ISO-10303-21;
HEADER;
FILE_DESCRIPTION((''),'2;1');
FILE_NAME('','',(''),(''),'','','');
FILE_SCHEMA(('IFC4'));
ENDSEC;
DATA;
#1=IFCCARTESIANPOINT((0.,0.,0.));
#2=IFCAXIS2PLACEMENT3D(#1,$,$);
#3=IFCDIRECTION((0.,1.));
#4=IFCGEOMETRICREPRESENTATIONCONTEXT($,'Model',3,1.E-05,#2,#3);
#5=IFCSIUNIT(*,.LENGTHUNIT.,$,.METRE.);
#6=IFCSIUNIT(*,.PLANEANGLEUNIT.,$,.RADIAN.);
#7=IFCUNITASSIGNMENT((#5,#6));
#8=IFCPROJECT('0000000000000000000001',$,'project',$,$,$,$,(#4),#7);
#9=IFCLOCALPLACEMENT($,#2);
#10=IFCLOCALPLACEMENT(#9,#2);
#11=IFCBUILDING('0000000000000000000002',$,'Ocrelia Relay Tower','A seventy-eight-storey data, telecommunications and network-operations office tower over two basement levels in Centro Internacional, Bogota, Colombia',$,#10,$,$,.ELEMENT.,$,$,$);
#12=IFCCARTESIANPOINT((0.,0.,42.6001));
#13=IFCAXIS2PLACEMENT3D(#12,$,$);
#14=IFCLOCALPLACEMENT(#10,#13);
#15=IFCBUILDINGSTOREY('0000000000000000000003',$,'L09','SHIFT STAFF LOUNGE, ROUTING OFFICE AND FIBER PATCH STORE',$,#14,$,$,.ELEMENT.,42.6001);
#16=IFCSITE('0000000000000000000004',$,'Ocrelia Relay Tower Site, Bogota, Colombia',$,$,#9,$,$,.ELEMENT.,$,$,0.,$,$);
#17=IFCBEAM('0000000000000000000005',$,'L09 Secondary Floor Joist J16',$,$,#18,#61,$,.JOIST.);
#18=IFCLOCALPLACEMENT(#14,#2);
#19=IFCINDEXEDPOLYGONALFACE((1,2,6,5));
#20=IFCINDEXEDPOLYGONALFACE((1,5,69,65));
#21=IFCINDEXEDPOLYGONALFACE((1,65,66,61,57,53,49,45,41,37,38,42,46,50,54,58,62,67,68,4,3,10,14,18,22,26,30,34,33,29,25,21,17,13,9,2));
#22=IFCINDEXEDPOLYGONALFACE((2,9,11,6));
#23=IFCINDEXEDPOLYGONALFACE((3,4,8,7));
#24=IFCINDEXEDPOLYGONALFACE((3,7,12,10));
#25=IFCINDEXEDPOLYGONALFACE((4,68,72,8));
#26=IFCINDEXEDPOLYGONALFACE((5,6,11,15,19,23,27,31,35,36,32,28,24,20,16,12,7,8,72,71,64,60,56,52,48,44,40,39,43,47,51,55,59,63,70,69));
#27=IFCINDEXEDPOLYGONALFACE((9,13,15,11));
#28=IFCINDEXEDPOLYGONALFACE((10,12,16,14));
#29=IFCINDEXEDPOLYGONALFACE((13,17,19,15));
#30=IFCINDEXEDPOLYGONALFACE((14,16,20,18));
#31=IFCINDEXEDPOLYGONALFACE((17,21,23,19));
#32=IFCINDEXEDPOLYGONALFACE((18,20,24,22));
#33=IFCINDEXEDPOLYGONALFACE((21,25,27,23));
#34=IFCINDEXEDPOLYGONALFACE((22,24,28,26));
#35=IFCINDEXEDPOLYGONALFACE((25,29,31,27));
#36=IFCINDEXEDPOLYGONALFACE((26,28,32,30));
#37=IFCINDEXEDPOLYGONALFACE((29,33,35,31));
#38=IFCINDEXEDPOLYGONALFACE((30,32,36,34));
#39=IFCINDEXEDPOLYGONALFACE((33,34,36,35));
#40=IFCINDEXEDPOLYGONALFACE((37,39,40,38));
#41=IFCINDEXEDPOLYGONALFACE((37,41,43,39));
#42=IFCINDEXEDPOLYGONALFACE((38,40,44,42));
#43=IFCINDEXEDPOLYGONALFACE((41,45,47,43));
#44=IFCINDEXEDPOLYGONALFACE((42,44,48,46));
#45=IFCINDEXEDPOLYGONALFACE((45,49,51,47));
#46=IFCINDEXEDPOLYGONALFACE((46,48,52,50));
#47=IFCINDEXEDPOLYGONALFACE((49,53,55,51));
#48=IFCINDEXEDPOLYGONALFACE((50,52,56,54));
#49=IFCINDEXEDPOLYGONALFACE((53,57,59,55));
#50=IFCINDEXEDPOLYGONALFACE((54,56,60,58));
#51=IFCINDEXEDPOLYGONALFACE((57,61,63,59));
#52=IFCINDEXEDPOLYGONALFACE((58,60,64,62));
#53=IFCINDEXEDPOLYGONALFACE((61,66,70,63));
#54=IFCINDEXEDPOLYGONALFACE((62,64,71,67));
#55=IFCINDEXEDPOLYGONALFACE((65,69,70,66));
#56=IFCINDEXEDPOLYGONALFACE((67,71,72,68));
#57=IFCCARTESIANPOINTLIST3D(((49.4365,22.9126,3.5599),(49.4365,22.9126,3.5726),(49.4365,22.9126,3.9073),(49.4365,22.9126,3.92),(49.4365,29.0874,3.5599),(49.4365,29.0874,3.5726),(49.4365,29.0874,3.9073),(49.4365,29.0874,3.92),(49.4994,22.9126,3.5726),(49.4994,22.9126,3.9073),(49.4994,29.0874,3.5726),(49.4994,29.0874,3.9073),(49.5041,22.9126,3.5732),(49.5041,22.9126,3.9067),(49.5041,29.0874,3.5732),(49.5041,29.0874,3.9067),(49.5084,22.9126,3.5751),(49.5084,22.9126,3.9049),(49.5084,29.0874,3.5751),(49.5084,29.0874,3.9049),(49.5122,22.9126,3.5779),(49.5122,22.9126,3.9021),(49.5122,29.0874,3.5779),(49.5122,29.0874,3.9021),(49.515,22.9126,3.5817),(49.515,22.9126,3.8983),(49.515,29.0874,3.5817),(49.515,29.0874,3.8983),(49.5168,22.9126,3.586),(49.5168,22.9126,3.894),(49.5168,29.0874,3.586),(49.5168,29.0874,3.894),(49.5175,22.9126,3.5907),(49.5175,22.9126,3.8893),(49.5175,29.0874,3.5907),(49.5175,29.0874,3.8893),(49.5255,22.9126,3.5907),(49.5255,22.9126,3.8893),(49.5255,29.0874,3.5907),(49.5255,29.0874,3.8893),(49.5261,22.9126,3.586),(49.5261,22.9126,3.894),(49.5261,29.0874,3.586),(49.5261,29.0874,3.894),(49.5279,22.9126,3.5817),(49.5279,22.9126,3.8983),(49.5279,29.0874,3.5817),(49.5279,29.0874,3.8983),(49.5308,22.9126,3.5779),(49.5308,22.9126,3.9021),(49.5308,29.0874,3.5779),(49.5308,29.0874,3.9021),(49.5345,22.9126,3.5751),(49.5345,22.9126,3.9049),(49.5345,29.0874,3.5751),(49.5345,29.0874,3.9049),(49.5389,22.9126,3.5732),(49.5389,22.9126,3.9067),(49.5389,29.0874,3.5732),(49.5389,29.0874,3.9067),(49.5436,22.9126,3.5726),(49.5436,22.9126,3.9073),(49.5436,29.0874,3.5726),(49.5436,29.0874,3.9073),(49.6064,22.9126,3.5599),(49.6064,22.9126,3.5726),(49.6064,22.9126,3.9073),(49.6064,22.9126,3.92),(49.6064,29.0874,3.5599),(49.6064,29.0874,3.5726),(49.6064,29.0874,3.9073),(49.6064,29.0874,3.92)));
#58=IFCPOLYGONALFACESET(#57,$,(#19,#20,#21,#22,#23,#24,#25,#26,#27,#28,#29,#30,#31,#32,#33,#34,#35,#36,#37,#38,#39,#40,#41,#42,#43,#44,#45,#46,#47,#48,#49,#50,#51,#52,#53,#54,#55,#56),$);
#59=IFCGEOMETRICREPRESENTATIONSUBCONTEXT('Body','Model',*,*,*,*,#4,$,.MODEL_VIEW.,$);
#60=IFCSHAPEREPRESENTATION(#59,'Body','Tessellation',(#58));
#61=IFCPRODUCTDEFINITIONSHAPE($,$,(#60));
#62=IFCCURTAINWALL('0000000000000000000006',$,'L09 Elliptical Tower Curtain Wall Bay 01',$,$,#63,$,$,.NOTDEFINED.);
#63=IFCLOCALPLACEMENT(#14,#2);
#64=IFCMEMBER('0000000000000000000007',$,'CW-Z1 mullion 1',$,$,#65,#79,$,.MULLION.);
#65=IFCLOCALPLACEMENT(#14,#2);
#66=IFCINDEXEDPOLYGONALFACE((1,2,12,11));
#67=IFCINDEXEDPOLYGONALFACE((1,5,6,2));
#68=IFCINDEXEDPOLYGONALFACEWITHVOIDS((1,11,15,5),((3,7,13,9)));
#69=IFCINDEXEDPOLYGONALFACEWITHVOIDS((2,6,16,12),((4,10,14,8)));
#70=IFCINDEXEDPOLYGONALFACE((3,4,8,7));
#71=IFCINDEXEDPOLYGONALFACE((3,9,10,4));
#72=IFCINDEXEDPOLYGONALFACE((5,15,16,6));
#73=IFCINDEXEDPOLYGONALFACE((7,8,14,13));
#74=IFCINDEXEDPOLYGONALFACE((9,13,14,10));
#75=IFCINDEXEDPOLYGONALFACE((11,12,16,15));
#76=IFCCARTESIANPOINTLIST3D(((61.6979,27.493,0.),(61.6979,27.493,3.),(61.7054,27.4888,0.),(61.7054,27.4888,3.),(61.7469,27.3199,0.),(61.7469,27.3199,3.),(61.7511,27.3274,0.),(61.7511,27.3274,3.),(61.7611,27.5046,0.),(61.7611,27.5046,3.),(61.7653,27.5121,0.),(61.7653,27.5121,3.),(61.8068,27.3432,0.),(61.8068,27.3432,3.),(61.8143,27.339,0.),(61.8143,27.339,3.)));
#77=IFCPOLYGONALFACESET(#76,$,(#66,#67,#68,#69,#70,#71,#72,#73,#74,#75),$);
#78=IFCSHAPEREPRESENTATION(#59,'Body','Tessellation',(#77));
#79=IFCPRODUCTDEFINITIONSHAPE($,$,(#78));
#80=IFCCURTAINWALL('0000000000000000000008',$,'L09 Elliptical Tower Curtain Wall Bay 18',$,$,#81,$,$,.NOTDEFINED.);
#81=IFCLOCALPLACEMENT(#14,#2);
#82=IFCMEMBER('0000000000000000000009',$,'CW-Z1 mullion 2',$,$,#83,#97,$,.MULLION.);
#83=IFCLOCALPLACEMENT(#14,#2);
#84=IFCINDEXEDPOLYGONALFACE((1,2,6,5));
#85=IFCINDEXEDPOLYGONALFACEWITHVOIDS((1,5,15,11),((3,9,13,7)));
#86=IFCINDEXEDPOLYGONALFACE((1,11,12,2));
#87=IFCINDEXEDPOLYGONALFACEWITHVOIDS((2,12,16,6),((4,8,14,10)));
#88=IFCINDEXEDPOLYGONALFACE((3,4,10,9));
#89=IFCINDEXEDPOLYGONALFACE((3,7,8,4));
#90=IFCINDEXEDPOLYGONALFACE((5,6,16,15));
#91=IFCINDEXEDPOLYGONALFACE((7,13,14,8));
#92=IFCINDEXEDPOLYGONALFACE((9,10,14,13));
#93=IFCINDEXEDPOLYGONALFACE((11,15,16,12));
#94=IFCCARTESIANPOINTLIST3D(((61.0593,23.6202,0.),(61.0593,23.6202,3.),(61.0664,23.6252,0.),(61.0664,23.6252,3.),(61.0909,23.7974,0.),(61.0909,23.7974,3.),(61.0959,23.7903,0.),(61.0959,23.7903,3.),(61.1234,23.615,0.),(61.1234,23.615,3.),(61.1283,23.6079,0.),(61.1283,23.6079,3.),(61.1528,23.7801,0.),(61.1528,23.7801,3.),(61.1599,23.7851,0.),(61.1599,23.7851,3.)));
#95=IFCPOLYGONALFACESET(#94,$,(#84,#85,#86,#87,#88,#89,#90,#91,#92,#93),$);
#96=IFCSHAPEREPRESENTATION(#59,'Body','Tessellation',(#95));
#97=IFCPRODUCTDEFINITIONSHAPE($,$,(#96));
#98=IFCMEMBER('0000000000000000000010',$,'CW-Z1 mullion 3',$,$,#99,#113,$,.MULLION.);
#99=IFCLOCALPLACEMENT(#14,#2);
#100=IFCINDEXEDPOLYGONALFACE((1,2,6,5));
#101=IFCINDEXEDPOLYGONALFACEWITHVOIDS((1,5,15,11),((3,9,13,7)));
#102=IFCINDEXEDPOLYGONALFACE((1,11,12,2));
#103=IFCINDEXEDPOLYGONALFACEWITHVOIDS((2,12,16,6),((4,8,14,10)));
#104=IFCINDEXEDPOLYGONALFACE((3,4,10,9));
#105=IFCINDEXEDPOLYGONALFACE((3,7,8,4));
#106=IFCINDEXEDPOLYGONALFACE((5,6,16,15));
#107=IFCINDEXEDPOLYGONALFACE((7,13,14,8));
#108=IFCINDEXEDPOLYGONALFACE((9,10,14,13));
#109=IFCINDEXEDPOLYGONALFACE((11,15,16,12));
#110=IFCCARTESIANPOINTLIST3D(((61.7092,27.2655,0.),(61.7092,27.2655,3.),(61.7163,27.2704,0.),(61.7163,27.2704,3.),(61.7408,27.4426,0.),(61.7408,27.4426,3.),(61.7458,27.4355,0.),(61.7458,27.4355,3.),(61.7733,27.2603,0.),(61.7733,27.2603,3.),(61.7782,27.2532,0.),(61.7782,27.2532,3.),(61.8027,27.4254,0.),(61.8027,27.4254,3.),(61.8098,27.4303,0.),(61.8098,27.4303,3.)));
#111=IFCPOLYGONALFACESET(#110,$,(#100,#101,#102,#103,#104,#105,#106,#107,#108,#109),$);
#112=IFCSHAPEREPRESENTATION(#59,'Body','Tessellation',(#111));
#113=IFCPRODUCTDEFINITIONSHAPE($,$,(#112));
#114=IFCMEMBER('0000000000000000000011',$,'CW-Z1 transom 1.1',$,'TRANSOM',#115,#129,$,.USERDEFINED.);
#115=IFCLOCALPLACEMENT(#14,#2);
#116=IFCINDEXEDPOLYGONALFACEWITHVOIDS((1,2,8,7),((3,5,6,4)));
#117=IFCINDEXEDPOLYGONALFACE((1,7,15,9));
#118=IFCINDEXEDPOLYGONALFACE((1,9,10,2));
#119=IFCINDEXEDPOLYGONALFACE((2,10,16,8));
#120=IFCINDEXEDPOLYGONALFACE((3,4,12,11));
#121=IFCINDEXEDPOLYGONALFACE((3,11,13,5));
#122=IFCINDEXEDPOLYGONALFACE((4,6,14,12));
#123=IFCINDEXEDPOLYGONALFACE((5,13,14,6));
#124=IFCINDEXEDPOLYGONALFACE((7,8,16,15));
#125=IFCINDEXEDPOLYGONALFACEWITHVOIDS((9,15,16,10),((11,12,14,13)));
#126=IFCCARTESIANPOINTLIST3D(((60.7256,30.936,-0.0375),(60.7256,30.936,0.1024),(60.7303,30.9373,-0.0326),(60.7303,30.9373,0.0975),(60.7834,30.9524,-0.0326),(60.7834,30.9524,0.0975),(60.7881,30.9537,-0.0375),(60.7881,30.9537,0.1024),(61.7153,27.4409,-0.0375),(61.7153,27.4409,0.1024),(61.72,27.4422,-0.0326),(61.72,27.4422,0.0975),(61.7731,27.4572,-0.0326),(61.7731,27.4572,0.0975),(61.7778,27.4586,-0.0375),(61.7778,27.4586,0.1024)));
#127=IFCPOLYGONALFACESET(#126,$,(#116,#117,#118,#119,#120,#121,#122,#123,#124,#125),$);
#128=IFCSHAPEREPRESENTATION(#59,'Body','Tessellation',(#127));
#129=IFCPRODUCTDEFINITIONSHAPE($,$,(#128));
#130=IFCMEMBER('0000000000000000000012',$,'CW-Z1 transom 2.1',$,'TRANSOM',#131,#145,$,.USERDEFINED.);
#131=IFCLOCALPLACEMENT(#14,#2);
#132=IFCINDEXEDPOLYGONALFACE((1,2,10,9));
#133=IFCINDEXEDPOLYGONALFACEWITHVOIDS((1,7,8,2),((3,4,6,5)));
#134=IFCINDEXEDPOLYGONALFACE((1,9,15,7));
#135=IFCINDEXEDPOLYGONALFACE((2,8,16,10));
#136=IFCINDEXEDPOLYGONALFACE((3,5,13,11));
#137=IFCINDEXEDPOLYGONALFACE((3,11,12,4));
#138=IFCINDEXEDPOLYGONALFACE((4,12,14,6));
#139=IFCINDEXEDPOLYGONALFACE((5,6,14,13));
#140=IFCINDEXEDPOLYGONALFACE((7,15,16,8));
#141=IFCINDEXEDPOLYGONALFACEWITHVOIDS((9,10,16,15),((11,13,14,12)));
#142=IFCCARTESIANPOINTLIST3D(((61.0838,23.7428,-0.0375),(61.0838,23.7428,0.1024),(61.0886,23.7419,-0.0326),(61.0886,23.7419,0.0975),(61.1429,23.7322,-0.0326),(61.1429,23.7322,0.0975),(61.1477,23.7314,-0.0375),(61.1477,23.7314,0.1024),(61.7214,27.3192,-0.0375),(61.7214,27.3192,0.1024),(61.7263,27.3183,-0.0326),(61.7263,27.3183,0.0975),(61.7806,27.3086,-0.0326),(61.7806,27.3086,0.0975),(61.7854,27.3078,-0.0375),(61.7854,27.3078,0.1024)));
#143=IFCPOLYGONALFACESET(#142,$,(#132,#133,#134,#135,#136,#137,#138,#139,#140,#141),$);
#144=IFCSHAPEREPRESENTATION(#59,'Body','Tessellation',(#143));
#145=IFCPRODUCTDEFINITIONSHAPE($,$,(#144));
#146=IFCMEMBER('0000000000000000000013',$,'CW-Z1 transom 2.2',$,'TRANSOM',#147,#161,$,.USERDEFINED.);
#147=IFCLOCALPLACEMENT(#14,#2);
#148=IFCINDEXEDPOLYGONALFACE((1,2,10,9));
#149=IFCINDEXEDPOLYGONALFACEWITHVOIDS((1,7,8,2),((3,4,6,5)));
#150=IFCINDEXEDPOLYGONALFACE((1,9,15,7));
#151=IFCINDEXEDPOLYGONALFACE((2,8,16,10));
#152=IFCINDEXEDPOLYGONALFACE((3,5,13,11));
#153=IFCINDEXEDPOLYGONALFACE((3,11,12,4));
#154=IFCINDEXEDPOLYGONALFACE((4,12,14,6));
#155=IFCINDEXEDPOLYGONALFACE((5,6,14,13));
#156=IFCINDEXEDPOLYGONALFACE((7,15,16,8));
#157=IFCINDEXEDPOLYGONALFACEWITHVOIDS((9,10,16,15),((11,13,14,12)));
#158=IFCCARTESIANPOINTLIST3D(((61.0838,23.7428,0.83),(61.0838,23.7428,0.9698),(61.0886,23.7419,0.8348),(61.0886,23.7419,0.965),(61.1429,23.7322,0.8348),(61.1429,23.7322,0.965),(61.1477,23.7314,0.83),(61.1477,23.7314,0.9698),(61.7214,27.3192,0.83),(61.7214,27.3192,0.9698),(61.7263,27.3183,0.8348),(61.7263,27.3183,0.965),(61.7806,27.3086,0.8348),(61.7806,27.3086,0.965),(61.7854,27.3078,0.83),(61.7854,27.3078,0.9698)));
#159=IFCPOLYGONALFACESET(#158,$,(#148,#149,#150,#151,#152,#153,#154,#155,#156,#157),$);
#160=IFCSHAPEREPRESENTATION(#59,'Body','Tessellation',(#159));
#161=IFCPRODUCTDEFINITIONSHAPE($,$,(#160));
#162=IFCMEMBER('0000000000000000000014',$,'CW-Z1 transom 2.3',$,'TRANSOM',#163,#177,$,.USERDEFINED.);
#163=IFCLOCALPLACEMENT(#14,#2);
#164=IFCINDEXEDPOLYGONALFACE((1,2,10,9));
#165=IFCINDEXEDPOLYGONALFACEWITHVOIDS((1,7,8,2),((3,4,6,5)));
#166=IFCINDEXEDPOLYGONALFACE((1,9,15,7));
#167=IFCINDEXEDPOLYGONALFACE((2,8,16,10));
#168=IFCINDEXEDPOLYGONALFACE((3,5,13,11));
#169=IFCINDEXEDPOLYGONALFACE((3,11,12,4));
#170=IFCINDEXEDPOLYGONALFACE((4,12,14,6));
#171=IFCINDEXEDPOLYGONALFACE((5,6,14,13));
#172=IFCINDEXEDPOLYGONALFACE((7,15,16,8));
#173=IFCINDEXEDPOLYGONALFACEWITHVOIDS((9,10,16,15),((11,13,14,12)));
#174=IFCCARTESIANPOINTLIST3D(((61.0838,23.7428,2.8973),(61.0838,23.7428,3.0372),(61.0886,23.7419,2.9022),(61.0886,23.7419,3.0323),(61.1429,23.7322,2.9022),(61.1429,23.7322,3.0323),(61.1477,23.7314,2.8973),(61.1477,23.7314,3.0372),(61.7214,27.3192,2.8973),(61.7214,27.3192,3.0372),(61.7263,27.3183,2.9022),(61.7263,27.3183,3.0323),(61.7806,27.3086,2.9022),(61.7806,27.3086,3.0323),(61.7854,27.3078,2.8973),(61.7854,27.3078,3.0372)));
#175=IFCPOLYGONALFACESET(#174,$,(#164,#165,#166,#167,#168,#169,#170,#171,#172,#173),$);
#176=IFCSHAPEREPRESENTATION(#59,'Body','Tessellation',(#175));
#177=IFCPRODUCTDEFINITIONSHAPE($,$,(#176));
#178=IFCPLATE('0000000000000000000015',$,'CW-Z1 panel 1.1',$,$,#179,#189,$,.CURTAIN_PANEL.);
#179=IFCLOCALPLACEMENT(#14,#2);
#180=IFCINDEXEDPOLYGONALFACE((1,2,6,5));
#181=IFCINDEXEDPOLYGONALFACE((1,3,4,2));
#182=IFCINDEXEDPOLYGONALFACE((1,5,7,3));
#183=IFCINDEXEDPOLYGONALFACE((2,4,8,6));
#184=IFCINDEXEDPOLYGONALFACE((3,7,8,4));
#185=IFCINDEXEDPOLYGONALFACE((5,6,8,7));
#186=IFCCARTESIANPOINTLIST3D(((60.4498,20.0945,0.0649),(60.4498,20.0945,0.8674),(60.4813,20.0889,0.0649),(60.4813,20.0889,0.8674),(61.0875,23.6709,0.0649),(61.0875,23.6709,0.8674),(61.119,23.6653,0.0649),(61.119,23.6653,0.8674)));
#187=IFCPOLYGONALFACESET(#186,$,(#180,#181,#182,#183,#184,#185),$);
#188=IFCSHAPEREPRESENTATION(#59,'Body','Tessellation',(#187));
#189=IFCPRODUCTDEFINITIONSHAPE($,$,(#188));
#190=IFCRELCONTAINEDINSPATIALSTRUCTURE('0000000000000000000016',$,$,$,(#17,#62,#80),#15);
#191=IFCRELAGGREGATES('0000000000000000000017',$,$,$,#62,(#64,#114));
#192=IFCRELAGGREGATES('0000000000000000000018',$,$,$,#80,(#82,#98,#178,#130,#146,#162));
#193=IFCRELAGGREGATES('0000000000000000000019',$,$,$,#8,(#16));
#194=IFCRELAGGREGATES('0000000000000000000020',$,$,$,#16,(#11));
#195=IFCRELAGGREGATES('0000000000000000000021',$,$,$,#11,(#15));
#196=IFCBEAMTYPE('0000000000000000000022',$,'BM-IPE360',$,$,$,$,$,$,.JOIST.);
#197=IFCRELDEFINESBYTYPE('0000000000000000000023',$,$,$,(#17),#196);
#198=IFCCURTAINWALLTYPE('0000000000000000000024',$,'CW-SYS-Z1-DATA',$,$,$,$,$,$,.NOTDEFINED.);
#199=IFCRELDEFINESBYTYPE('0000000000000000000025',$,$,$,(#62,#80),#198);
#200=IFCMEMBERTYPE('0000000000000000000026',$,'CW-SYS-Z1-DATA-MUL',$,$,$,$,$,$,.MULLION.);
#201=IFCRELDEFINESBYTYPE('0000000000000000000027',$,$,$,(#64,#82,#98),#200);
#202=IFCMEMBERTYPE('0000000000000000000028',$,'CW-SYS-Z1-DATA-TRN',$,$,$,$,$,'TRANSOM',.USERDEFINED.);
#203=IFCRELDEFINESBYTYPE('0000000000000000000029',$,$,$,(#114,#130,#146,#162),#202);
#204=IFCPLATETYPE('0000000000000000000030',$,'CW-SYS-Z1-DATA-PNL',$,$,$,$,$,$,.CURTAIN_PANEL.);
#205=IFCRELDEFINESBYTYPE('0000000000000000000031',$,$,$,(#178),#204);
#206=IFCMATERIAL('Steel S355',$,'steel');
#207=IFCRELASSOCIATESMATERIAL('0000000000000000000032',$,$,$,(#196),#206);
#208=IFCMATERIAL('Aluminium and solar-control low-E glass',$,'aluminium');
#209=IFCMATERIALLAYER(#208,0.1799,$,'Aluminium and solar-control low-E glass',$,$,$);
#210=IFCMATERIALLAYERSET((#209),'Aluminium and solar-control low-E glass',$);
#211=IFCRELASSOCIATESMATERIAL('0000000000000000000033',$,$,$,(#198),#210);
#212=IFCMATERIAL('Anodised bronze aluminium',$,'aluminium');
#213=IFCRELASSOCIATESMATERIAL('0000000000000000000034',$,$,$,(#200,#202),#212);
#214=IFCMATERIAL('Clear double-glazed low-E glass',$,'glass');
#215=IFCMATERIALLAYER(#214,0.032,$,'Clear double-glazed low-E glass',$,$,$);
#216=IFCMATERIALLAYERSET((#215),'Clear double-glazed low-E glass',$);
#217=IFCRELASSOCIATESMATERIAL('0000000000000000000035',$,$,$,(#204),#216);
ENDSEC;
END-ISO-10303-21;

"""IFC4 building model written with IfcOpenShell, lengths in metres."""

from ifc_helpers import new_model, si_unit, direction, frame, origin, origin_2d, place, context, subcontext, project, spatial, rectangle, hollow_rectangle, i_section, extrude, material, layer, layer_set, material_profile, profile_set, type_object, element, aggregate, save


model = new_model("IFC4")

# Units and contexts
model_context = context("Model", 3, precision=1e-05, world=origin(), true_north=direction((0.0, 1.0)))
body_context = subcontext(model_context, "Body", "Model", "MODEL_VIEW")
ifc_project = project(units=[si_unit("LENGTHUNIT", "METRE"), si_unit("PLANEANGLEUNIT", "RADIAN")], contexts=[model_context])

# Site, building, storey
site_placement = place(None, origin())
site = spatial("IfcSite", under=ifc_project, at=site_placement, Name="Ocrelia Relay Tower Site, Bogota, Colombia", CompositionType="ELEMENT", RefElevation=0.0)
building_placement = place(site_placement, origin())
building = spatial("IfcBuilding", under=site, at=building_placement, Name="Ocrelia Relay Tower", Description="A seventy-eight-storey data, telecommunications and network-operations office tower over two basement levels in Centro Internacional, Bogota, Colombia", CompositionType="ELEMENT")
storey_placement = place(building_placement, frame((0.0, 0.0, 42.6001)))
storey = spatial("IfcBuildingStorey", under=building, at=storey_placement, Name="L09", Description="SHIFT STAFF LOUNGE, ROUTING OFFICE AND FIBER PATCH STORE", CompositionType="ELEMENT", Elevation=42.6001)

# Beam
ifc_material_1 = material(Name="Steel S355", Category="steel")
ifc_material_profile_1 = material_profile(ifc_material_1, i_section(OverallWidth=0.1699, OverallDepth=0.3601, WebThickness=0.0081, FlangeThickness=0.0127, FilletRadius=0.0181, at=origin_2d()), Name="IPE 360")
ifc_profile_set_1 = profile_set([ifc_material_profile_1], Name="Steel S355")
beam_type_1 = type_object("IfcBeamType", Name="BM-IPE360", PredefinedType="JOIST", material=ifc_profile_set_1)
beam_1_placement = place(storey_placement, frame((49.5215, 22.9126, 3.74), z_axis=(0.0, 1.0, 0.0), x_axis=(-1.0, 0.0, 0.0)))
element("IfcBeam", 1, at=beam_1_placement, inside=storey, type_object=beam_type_1, Name="L09 Secondary Floor Joist J16", PredefinedType="JOIST", context=body_context, shape_type="SweptSolid", body=[
    extrude(i_section(OverallWidth=0.1699, OverallDepth=0.3601, WebThickness=0.0081, FlangeThickness=0.0127, FilletRadius=0.0181, at=origin_2d()), origin(), (0.0, 0.0, 1.0), 6.1748),
])

# Curtain wall, member
ifc_material_2 = material(Name="Aluminium and solar-control low-E glass", Category="aluminium")
ifc_layer_1 = layer(ifc_material_2, 0.1799, Name="Aluminium and solar-control low-E glass")
ifc_layer_set_1 = layer_set([ifc_layer_1], Name="Aluminium and solar-control low-E glass")
curtain_wall_type = type_object("IfcCurtainWallType", Name="CW-SYS-Z1-DATA", PredefinedType="NOTDEFINED", material=ifc_layer_set_1)
curtain_wall_1_placement = place(storey_placement, origin())
curtain_wall_1 = element("IfcCurtainWall", 2, at=curtain_wall_1_placement, inside=storey, type_object=curtain_wall_type, Name="L09 Elliptical Tower Curtain Wall Bay 01", PredefinedType="NOTDEFINED")
ifc_material_3 = material(Name="Anodised bronze aluminium", Category="aluminium")
ifc_material_profile_2 = material_profile(ifc_material_3, hollow_rectangle(XDim=0.0701, YDim=0.1799, WallThickness=0.0061, at=origin_2d()), Name="CW-MUL-180x70")
ifc_profile_set_2 = profile_set([ifc_material_profile_2], Name="Anodised bronze aluminium")
member_type_1 = type_object("IfcMemberType", Name="CW-SYS-Z1-DATA-MUL", PredefinedType="MULLION", material=ifc_profile_set_2)
member_1_placement = place(storey_placement, frame((61.7561, 27.416, 0.0), z_axis=(0.0, 0.0, 1.0), x_axis=(-0.962169, -0.272454, 0.0)))
member_1 = element("IfcMember", 3, at=member_1_placement, type_object=member_type_1, Name="CW-Z1 mullion 1", PredefinedType="MULLION", context=body_context, shape_type="SweptSolid", body=[
    extrude(hollow_rectangle(XDim=0.0701, YDim=0.1799, WallThickness=0.0061, at=origin_2d()), origin(), (0.0, 0.0, 1.0), 3.0),
])

# Curtain wall, members
curtain_wall_2_placement = place(storey_placement, origin())
curtain_wall_2 = element("IfcCurtainWall", 4, at=curtain_wall_2_placement, inside=storey, type_object=curtain_wall_type, Name="L09 Elliptical Tower Curtain Wall Bay 18", PredefinedType="NOTDEFINED")
member_2_placement = place(storey_placement, frame((61.1096, 23.7026, 0.0), z_axis=(0.0, 0.0, 1.0), x_axis=(-0.984473, 0.175534, 0.0)))
member_2 = element("IfcMember", 5, at=member_2_placement, type_object=member_type_1, Name="CW-Z1 mullion 2", PredefinedType="MULLION", context=body_context, shape_type="SweptSolid", body=[
    extrude(hollow_rectangle(XDim=0.0701, YDim=0.1799, WallThickness=0.0061, at=origin_2d()), origin(), (0.0, 0.0, 1.0), 3.0),
])
member_3_placement = place(storey_placement, frame((61.7595, 27.3479, 0.0), z_axis=(0.0, 0.0, 1.0), x_axis=(-0.984473, 0.175534, 0.0)))
member_3 = element("IfcMember", 6, at=member_3_placement, type_object=member_type_1, Name="CW-Z1 mullion 3", PredefinedType="MULLION", context=body_context, shape_type="SweptSolid", body=[
    extrude(hollow_rectangle(XDim=0.0701, YDim=0.1799, WallThickness=0.0061, at=origin_2d()), origin(), (0.0, 0.0, 1.0), 3.0),
])

# Members
ifc_material_profile_3 = material_profile(ifc_material_3, hollow_rectangle(XDim=0.0649, YDim=0.1399, WallThickness=0.0049, at=origin_2d()), Name="CW-TRN-140x65")
ifc_profile_set_3 = profile_set([ifc_material_profile_3], Name="Anodised bronze aluminium")
member_type_2 = type_object("IfcMemberType", Name="CW-SYS-Z1-DATA-TRN", ElementType="TRANSOM", PredefinedType="USERDEFINED", material=ifc_profile_set_3)
member_4_placement = place(storey_placement, frame((61.7466, 27.4497, 0.0325), z_axis=(-0.272466, 0.962165, 0.0), x_axis=(-0.962165, -0.272466, 0.0)))
member_4 = element("IfcMember", 7, at=member_4_placement, type_object=member_type_2, Name="CW-Z1 transom 1.1", ObjectType="TRANSOM", PredefinedType="USERDEFINED", context=body_context, shape_type="SweptSolid", body=[
    extrude(hollow_rectangle(XDim=0.0649, YDim=0.1399, WallThickness=0.0049, at=origin_2d()), origin(), (0.0, 0.0, 1.0), 3.6326),
])
aggregate(curtain_wall_1, [member_1, member_4])
member_5_placement = place(storey_placement, frame((61.1157, 23.7371, 0.0325), z_axis=(0.175537, 0.984473, 0.0), x_axis=(-0.984473, 0.175537, 0.0)))
member_5 = element("IfcMember", 8, at=member_5_placement, type_object=member_type_2, Name="CW-Z1 transom 2.1", ObjectType="TRANSOM", PredefinedType="USERDEFINED", context=body_context, shape_type="SweptSolid", body=[
    extrude(hollow_rectangle(XDim=0.0649, YDim=0.1399, WallThickness=0.0049, at=origin_2d()), origin(), (0.0, 0.0, 1.0), 3.6328),
])
member_6_placement = place(storey_placement, frame((61.1157, 23.7371, 0.8999), z_axis=(0.175537, 0.984473, 0.0), x_axis=(-0.984473, 0.175537, 0.0)))
member_6 = element("IfcMember", 9, at=member_6_placement, type_object=member_type_2, Name="CW-Z1 transom 2.2", ObjectType="TRANSOM", PredefinedType="USERDEFINED", context=body_context, shape_type="SweptSolid", body=[
    extrude(hollow_rectangle(XDim=0.0649, YDim=0.1399, WallThickness=0.0049, at=origin_2d()), origin(), (0.0, 0.0, 1.0), 3.6328),
])
member_7_placement = place(storey_placement, frame((61.1157, 23.7371, 2.9673), z_axis=(0.175537, 0.984473, 0.0), x_axis=(-0.984473, 0.175537, 0.0)))
member_7 = element("IfcMember", 10, at=member_7_placement, type_object=member_type_2, Name="CW-Z1 transom 2.3", ObjectType="TRANSOM", PredefinedType="USERDEFINED", context=body_context, shape_type="SweptSolid", body=[
    extrude(hollow_rectangle(XDim=0.0649, YDim=0.1399, WallThickness=0.0049, at=origin_2d()), origin(), (0.0, 0.0, 1.0), 3.6328),
])

# Plate
ifc_material_4 = material(Name="Clear double-glazed low-E glass", Category="glass")
ifc_layer_2 = layer(ifc_material_4, 0.032, Name="Clear double-glazed low-E glass")
ifc_layer_set_2 = layer_set([ifc_layer_2], Name="Clear double-glazed low-E glass")
plate_type = type_object("IfcPlateType", Name="CW-SYS-Z1-DATA-PNL", PredefinedType="CURTAIN_PANEL", material=ifc_layer_set_2)
plate_1_placement = place(storey_placement, frame((60.7844, 21.8799, 0.0649), z_axis=(0.0, 0.0, 1.0), x_axis=(0.175534, 0.984473, 0.0)))
plate_1 = element("IfcPlate", 11, at=plate_1_placement, type_object=plate_type, Name="CW-Z1 panel 1.1", PredefinedType="CURTAIN_PANEL", context=body_context, shape_type="SweptSolid", body=[
    extrude(rectangle(XDim=3.6328, YDim=0.032, at=origin_2d()), origin(), (0.0, 0.0, 1.0), 0.8025),
])
aggregate(curtain_wall_2, [member_2, member_3, plate_1, member_5, member_6, member_7])

save(model, "model.ifc")
